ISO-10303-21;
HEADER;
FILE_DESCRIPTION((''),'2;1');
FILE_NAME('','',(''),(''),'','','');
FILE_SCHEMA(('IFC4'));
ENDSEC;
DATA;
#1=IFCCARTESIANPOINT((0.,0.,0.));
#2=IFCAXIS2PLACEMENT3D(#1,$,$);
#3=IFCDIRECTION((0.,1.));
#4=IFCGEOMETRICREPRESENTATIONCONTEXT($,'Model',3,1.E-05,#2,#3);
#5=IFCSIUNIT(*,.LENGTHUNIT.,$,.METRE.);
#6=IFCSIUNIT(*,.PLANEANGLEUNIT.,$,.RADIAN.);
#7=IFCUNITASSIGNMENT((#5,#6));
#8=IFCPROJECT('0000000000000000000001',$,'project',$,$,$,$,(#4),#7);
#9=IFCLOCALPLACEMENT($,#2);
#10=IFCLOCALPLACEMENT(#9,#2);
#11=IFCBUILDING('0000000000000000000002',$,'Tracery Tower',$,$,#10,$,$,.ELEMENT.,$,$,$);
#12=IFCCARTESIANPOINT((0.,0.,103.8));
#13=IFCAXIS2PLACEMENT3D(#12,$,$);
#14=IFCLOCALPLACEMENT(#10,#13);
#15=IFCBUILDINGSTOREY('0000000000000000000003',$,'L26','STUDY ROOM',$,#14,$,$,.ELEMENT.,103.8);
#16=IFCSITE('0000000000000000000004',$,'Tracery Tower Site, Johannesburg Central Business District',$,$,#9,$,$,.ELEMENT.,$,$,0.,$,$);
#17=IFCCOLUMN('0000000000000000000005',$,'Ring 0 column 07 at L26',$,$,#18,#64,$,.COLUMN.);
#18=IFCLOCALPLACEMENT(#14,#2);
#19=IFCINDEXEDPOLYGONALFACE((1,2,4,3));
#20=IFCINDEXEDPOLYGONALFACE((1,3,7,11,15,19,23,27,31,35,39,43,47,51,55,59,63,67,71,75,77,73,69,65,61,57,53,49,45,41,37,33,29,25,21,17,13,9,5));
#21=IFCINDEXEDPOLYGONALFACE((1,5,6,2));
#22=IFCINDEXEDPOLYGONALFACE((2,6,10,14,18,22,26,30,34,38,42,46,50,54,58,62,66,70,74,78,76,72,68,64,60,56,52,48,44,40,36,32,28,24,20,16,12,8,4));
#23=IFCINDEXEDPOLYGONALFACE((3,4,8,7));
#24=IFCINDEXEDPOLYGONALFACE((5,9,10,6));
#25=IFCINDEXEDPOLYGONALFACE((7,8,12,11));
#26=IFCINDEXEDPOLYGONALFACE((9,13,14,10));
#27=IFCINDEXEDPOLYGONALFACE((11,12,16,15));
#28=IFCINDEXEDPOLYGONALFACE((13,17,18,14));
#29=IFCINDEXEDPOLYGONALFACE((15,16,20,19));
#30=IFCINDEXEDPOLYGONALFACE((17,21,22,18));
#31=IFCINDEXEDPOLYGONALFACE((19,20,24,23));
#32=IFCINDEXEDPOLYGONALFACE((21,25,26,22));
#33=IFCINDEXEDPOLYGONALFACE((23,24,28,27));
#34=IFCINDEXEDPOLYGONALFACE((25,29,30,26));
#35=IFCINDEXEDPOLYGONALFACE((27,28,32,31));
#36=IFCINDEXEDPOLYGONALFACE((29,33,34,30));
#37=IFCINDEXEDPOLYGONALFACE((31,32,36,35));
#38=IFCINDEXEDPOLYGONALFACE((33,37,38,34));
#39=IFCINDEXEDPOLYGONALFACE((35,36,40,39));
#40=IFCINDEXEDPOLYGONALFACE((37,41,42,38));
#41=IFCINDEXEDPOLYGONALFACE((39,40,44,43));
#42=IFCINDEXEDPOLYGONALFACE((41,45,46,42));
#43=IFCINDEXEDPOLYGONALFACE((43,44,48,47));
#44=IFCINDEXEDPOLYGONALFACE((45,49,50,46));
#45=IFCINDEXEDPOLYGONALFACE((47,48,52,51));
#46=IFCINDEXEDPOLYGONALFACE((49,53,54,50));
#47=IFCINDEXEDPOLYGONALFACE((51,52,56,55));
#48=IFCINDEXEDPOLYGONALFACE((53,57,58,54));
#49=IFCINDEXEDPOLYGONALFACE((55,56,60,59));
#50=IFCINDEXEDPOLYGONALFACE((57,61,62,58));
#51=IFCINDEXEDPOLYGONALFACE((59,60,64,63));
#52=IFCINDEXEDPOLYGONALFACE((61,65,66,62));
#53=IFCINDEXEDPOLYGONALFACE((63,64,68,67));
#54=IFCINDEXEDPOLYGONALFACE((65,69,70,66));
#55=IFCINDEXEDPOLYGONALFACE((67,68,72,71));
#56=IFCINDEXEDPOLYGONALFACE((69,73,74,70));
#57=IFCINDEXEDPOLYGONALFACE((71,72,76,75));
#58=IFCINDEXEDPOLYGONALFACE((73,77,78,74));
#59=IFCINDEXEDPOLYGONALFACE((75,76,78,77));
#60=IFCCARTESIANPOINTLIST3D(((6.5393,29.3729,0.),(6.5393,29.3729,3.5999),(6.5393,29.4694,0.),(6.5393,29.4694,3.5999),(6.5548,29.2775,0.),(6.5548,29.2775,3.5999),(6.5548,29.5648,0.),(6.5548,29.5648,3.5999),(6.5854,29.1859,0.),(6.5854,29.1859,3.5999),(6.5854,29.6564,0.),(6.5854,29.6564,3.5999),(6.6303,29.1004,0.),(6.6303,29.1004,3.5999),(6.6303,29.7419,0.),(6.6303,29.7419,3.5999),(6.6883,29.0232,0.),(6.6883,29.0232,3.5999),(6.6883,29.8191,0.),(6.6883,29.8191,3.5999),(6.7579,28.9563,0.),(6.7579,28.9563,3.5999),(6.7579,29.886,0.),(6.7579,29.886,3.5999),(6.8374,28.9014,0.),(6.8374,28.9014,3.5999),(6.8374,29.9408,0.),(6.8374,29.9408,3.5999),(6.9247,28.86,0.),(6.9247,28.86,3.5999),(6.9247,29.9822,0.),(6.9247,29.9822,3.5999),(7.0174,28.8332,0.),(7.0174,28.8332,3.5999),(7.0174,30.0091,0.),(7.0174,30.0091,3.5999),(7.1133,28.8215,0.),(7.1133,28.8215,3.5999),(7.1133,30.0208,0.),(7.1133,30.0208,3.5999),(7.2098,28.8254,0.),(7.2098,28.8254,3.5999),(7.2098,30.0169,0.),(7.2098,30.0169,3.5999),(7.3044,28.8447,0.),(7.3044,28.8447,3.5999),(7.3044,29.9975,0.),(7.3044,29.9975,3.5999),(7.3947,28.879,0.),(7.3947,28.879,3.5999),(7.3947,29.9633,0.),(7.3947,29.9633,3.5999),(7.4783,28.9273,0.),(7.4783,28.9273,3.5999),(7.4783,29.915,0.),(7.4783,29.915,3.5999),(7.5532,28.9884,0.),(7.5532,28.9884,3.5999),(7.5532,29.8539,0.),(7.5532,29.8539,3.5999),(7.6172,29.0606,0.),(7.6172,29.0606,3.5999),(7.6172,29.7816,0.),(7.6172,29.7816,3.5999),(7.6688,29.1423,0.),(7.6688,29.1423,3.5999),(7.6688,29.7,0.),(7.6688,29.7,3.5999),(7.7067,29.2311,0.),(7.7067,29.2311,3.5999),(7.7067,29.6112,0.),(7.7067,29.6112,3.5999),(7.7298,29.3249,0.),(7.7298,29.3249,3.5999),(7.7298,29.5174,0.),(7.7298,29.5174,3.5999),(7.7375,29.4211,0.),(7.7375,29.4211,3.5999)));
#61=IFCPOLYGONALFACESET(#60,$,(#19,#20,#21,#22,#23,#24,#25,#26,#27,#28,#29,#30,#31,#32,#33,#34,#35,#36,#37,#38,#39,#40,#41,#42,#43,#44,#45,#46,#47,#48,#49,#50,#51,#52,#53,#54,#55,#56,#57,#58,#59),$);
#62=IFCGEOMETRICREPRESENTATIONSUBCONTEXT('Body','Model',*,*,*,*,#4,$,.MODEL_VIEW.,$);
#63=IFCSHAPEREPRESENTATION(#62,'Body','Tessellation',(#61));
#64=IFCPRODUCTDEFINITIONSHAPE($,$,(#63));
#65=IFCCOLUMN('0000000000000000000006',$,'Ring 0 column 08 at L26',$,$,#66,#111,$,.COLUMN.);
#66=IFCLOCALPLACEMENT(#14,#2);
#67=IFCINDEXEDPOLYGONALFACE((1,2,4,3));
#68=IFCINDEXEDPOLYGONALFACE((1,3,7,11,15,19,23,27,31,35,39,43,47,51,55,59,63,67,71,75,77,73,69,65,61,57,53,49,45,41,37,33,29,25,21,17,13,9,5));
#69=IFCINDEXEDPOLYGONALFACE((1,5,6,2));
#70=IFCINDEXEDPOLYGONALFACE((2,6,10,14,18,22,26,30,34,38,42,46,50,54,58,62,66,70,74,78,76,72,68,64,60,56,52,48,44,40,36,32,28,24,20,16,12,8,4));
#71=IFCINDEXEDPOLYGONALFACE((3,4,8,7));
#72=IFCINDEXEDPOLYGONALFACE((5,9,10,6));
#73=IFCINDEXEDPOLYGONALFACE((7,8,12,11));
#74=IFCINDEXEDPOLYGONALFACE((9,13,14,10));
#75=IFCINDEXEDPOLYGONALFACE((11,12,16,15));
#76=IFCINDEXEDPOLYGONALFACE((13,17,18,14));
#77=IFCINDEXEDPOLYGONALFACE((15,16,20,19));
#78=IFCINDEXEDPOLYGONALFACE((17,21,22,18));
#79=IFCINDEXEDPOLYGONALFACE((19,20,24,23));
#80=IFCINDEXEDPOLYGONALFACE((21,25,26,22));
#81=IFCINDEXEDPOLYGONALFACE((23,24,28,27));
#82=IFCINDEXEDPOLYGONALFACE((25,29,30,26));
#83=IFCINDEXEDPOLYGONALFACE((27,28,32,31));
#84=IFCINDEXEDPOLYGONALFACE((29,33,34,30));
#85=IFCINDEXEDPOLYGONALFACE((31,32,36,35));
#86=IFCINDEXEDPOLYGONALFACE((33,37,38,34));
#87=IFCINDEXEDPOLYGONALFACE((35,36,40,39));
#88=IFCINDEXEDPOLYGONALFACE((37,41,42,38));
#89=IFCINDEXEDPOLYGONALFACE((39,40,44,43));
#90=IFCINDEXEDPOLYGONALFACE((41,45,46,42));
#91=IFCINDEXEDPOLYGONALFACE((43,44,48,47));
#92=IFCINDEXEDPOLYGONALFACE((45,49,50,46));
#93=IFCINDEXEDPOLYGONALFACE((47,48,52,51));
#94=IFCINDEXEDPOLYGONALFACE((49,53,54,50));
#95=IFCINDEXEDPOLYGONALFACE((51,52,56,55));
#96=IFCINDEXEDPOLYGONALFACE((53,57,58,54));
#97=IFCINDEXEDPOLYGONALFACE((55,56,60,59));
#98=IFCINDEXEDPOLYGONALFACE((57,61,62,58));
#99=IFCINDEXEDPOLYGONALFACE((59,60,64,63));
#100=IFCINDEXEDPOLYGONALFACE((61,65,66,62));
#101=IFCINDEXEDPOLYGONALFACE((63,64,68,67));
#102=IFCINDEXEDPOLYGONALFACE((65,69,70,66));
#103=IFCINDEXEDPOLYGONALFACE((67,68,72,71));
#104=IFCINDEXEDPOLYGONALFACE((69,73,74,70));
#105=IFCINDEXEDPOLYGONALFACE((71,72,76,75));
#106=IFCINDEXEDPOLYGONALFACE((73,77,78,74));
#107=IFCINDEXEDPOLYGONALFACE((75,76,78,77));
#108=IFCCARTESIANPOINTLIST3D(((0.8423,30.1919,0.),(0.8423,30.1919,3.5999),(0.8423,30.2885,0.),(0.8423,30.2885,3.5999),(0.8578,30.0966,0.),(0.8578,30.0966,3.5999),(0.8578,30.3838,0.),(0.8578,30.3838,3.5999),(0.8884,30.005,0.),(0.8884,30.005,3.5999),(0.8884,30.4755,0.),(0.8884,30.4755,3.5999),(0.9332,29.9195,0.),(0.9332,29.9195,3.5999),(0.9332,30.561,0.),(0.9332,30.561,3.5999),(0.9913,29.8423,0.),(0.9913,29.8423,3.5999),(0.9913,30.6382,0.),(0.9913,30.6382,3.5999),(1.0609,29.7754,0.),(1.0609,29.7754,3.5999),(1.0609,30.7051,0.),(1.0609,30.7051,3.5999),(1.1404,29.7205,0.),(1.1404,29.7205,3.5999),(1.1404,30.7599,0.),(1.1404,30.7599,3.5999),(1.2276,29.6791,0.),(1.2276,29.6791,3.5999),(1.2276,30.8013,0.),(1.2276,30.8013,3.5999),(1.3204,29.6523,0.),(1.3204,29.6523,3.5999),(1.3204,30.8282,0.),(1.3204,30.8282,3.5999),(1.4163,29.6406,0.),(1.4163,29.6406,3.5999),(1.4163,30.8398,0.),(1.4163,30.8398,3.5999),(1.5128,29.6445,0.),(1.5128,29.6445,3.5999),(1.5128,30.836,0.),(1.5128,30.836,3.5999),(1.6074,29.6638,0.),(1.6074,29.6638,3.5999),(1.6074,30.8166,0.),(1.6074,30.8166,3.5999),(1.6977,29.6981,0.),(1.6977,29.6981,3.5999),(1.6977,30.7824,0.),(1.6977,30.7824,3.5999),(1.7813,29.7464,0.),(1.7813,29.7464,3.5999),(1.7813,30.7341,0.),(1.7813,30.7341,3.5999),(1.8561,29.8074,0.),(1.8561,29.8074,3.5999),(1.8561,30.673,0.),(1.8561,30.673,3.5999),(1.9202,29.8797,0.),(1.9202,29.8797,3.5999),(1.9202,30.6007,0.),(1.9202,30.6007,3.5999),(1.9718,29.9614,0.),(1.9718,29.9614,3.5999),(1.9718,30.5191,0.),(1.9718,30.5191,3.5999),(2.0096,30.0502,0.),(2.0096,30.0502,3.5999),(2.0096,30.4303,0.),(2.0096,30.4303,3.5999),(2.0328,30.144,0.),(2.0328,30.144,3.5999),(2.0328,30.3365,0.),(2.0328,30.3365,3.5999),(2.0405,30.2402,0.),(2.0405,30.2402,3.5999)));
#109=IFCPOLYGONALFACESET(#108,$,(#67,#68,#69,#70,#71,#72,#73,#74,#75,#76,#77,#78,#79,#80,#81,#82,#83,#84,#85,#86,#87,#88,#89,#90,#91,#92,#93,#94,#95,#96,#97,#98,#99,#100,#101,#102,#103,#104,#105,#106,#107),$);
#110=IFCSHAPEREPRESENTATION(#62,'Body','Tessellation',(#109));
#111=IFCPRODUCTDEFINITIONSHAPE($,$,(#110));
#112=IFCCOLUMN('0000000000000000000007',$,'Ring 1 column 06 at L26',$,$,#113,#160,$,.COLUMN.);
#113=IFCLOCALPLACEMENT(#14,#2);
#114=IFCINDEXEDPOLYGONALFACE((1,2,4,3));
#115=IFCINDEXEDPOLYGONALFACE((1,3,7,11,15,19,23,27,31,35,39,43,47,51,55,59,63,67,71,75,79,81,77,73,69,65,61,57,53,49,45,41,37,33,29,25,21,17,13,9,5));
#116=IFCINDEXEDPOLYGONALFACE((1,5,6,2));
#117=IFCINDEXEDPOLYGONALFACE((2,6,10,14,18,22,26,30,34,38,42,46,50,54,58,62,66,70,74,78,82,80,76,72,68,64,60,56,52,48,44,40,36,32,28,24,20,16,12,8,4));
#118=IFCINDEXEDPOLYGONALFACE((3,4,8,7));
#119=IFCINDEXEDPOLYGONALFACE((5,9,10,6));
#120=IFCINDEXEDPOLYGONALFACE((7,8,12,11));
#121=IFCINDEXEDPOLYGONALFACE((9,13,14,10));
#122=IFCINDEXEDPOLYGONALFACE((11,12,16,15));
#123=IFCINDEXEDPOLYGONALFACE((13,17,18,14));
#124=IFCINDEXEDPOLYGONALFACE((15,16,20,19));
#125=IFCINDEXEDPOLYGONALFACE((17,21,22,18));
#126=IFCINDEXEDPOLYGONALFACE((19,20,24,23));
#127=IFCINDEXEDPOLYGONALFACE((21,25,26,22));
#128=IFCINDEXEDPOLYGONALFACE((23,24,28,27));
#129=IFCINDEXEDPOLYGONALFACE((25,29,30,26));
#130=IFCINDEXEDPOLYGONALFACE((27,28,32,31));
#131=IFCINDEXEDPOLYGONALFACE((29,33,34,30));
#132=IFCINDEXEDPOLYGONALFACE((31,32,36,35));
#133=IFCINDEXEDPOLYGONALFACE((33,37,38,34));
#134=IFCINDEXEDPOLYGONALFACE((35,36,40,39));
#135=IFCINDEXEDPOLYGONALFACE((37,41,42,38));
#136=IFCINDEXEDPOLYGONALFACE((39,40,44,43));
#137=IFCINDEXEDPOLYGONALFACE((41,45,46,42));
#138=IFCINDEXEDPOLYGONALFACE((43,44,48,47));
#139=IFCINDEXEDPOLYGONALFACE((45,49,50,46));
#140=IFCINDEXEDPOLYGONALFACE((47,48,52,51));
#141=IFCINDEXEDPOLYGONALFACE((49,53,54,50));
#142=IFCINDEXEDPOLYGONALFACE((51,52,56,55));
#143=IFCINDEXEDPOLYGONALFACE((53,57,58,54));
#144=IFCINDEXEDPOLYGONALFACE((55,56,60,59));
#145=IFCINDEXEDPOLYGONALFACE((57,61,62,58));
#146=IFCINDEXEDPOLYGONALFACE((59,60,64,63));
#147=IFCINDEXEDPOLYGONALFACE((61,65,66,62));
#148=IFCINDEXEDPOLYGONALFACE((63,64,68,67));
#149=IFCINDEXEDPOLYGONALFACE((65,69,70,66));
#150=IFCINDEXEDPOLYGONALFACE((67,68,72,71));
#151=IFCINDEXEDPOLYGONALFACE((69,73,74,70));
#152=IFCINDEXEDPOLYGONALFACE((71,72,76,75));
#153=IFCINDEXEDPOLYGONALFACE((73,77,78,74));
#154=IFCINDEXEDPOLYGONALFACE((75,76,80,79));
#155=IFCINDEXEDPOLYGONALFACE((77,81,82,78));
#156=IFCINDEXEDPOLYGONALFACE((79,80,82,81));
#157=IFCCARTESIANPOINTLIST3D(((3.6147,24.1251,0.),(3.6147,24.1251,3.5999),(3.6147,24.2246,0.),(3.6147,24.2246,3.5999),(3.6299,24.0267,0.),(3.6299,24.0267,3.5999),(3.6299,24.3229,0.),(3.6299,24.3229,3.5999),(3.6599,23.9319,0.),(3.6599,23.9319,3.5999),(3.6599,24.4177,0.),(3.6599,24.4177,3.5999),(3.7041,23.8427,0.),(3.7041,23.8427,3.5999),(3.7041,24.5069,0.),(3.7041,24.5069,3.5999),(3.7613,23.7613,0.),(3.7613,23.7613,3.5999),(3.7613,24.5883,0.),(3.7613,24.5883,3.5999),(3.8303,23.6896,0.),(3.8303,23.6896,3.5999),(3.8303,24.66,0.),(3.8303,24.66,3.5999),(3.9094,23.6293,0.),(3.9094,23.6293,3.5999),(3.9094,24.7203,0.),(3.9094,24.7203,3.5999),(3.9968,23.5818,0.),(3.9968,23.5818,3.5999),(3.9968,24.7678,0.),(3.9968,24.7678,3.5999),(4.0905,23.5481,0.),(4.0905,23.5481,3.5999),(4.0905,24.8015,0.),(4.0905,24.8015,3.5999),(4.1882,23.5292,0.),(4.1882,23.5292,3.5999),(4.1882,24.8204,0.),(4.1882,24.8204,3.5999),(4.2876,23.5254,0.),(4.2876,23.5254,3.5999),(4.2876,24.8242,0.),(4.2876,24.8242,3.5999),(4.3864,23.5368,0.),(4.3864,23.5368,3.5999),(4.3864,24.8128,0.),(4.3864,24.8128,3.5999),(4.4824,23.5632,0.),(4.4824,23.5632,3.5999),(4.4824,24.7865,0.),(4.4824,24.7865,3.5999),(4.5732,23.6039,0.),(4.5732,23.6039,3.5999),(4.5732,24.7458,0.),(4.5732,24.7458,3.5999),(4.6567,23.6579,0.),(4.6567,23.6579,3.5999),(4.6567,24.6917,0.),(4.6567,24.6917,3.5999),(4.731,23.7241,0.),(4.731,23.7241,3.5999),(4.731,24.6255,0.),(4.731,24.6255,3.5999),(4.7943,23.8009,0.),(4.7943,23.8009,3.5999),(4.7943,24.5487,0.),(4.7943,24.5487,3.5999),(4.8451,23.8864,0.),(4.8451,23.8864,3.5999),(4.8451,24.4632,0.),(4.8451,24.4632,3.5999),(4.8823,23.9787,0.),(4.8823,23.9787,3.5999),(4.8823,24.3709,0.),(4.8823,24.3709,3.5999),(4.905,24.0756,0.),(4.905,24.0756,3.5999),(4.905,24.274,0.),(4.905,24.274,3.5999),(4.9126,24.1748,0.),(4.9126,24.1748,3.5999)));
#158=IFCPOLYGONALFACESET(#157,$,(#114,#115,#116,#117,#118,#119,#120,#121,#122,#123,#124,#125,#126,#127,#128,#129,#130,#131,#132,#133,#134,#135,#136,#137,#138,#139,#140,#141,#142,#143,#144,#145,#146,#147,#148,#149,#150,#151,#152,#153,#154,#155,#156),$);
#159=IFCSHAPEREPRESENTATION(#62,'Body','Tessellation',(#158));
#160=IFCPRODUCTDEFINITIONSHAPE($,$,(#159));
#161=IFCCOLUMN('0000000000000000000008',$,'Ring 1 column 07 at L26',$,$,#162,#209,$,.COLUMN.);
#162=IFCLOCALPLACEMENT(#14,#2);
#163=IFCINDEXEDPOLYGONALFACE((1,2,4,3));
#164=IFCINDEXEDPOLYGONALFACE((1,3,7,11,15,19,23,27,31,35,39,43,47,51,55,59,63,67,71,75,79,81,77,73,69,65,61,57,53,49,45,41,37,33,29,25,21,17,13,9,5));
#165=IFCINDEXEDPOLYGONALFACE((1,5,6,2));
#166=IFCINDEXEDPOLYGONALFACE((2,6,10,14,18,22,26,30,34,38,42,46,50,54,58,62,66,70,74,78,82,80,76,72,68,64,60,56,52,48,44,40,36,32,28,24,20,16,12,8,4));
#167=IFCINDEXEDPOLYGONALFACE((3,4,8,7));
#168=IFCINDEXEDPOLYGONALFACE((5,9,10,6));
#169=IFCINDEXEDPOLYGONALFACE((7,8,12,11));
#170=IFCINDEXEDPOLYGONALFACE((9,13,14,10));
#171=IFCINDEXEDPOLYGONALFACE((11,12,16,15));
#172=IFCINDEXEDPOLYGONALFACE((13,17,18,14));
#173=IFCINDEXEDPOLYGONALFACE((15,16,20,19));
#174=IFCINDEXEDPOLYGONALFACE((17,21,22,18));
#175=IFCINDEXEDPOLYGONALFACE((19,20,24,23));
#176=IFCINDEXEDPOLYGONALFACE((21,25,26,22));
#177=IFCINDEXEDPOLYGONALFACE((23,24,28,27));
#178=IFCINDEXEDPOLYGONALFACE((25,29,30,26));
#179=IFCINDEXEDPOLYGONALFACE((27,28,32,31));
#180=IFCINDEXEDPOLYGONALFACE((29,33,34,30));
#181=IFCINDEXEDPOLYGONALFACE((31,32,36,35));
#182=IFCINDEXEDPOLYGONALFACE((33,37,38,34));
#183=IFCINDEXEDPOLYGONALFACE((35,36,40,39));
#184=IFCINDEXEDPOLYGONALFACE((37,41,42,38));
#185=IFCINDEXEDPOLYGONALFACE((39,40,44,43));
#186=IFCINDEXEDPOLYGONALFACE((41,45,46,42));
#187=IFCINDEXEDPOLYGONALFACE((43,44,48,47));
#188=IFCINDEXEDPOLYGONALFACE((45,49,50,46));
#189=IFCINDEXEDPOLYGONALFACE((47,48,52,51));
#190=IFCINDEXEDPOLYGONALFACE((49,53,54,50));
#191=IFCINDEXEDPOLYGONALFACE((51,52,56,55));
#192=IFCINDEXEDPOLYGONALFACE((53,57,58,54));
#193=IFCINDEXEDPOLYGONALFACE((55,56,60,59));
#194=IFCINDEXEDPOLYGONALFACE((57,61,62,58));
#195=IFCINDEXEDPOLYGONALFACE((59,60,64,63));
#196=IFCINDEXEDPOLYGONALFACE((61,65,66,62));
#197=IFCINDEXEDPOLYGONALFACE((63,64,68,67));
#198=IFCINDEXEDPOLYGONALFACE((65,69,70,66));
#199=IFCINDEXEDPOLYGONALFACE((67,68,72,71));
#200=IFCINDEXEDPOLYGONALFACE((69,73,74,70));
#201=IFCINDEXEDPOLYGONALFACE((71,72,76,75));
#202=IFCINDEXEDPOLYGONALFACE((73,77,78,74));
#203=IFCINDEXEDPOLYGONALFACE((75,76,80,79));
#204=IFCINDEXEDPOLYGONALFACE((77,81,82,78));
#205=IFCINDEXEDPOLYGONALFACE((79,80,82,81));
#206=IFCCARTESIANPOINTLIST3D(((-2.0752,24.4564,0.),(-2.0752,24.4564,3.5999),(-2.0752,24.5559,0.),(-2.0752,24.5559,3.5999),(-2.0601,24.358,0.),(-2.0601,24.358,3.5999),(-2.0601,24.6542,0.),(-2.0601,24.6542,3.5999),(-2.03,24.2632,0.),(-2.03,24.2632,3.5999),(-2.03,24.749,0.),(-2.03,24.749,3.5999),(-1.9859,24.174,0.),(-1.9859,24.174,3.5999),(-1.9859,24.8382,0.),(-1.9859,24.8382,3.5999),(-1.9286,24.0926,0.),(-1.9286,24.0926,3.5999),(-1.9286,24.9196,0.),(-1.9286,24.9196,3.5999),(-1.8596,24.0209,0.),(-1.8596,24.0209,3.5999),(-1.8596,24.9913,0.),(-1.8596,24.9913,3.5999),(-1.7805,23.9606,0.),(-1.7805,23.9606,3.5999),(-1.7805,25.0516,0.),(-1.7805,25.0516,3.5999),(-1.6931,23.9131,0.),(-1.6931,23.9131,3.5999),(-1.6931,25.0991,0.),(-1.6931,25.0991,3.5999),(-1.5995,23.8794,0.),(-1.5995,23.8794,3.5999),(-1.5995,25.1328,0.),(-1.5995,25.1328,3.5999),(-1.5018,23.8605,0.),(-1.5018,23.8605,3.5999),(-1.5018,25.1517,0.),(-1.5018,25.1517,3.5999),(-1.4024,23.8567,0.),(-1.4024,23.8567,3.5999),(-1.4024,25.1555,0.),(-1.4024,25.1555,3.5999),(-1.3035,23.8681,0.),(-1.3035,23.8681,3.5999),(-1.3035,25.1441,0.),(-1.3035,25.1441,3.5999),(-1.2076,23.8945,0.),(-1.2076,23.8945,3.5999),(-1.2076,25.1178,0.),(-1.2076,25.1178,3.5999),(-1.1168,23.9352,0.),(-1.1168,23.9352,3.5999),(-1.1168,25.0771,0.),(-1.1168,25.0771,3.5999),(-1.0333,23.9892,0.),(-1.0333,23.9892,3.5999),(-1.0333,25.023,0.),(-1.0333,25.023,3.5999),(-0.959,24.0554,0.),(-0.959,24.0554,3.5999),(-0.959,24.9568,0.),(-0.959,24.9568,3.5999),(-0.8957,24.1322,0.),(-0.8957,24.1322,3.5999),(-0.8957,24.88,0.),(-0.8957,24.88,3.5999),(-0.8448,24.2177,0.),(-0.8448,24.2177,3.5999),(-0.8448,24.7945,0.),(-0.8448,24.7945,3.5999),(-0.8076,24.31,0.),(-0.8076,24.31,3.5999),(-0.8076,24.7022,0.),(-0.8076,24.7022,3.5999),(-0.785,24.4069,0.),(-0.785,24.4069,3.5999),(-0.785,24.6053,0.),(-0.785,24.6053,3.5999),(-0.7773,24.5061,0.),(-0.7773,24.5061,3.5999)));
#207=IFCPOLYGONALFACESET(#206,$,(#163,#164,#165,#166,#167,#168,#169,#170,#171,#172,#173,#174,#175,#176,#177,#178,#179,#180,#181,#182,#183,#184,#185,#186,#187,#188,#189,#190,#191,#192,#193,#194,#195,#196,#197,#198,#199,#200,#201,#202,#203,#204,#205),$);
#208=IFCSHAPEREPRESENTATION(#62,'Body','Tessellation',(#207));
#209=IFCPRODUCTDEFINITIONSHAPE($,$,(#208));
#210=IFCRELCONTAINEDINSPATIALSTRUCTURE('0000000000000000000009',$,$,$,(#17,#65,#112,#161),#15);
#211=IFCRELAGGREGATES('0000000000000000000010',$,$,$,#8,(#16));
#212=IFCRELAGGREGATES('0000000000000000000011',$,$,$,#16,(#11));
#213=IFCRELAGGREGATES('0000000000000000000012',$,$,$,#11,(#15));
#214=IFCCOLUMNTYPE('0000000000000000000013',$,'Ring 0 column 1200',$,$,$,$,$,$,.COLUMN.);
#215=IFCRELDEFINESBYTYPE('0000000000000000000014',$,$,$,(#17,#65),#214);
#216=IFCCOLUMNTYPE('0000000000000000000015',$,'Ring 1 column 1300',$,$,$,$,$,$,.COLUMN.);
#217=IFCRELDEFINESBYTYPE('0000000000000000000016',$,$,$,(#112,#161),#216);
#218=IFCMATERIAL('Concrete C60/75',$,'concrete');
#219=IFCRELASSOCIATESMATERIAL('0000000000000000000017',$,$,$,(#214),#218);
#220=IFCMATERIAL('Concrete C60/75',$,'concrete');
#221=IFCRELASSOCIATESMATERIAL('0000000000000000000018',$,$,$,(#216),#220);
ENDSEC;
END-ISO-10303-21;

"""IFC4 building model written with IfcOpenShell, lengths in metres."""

from ifc_helpers import new_model, si_unit, direction, frame, origin, origin_2d, place, context, subcontext, project, spatial, circle, extrude, material, material_profile, profile_set, type_object, element, save


model = new_model("IFC4")

# Units and contexts
model_context = context("Model", 3, precision=1e-05, world=origin(), true_north=direction((0.0, 1.0)))
body_context = subcontext(model_context, "Body", "Model", "MODEL_VIEW")
ifc_project = project(units=[si_unit("LENGTHUNIT", "METRE"), si_unit("PLANEANGLEUNIT", "RADIAN")], contexts=[model_context])

# Site, building, storey
site_placement = place(None, origin())
site = spatial("IfcSite", under=ifc_project, at=site_placement, Name="Tracery Tower Site, Johannesburg Central Business District", CompositionType="ELEMENT", RefElevation=0.0)
building_placement = place(site_placement, origin())
building = spatial("IfcBuilding", under=site, at=building_placement, Name="Tracery Tower", CompositionType="ELEMENT")
storey_placement = place(building_placement, frame((0.0, 0.0, 103.8)))
storey = spatial("IfcBuildingStorey", under=building, at=storey_placement, Name="L26", Description="STUDY ROOM", CompositionType="ELEMENT", Elevation=103.8)

# Columns
ifc_material_1 = material(Name="Concrete C60/75", Category="concrete")
ifc_material_profile_1 = material_profile(ifc_material_1, circle(Radius=0.6001, at=origin_2d()), Name="RC D1200")
ifc_profile_set_1 = profile_set([ifc_material_profile_1], Name="Concrete C60/75")
column_type_1 = type_object("IfcColumnType", Name="Ring 0 column 1200", PredefinedType="COLUMN", material=ifc_profile_set_1)
for number, where, z_axis, x_axis, name in (
    (1, (7.1375, 29.4211, 0.0), (0.0, 0.0, 1.0), (1.0, 0.0, 0.0), "Ring 0 column 07 at L26"),
    (2, (1.4404, 30.2402, 0.0), (0.0, 0.0, 1.0), (1.0, 0.0, 0.0), "Ring 0 column 08 at L26"),
):
    element("IfcColumn", number, at=place(storey_placement, frame(where, z_axis=z_axis, x_axis=x_axis)), inside=storey, type_object=column_type_1, Name=name, PredefinedType="COLUMN", context=body_context, shape_type="SweptSolid", body=[
        extrude(circle(Radius=0.6001, at=origin_2d()), origin(), (0.0, 0.0, 1.0), 3.5999),
    ])
ifc_material_2 = material(Name="Concrete C60/75", Category="concrete")
ifc_material_profile_2 = material_profile(ifc_material_2, circle(Radius=0.6499, at=origin_2d()), Name="RC D1300")
ifc_profile_set_2 = profile_set([ifc_material_profile_2], Name="Concrete C60/75")
column_type_2 = type_object("IfcColumnType", Name="Ring 1 column 1300", PredefinedType="COLUMN", material=ifc_profile_set_2)
for number, where, z_axis, x_axis, name in (
    (3, (4.2627, 24.1748, 0.0), (0.0, 0.0, 1.0), (1.0, 0.0, 0.0), "Ring 1 column 06 at L26"),
    (4, (-1.4272, 24.5061, 0.0), (0.0, 0.0, 1.0), (1.0, 0.0, 0.0), "Ring 1 column 07 at L26"),
):
    element("IfcColumn", number, at=place(storey_placement, frame(where, z_axis=z_axis, x_axis=x_axis)), inside=storey, type_object=column_type_2, Name=name, PredefinedType="COLUMN", context=body_context, shape_type="SweptSolid", body=[
        extrude(circle(Radius=0.6499, at=origin_2d()), origin(), (0.0, 0.0, 1.0), 3.5999),
    ])

save(model, "model.ifc")
